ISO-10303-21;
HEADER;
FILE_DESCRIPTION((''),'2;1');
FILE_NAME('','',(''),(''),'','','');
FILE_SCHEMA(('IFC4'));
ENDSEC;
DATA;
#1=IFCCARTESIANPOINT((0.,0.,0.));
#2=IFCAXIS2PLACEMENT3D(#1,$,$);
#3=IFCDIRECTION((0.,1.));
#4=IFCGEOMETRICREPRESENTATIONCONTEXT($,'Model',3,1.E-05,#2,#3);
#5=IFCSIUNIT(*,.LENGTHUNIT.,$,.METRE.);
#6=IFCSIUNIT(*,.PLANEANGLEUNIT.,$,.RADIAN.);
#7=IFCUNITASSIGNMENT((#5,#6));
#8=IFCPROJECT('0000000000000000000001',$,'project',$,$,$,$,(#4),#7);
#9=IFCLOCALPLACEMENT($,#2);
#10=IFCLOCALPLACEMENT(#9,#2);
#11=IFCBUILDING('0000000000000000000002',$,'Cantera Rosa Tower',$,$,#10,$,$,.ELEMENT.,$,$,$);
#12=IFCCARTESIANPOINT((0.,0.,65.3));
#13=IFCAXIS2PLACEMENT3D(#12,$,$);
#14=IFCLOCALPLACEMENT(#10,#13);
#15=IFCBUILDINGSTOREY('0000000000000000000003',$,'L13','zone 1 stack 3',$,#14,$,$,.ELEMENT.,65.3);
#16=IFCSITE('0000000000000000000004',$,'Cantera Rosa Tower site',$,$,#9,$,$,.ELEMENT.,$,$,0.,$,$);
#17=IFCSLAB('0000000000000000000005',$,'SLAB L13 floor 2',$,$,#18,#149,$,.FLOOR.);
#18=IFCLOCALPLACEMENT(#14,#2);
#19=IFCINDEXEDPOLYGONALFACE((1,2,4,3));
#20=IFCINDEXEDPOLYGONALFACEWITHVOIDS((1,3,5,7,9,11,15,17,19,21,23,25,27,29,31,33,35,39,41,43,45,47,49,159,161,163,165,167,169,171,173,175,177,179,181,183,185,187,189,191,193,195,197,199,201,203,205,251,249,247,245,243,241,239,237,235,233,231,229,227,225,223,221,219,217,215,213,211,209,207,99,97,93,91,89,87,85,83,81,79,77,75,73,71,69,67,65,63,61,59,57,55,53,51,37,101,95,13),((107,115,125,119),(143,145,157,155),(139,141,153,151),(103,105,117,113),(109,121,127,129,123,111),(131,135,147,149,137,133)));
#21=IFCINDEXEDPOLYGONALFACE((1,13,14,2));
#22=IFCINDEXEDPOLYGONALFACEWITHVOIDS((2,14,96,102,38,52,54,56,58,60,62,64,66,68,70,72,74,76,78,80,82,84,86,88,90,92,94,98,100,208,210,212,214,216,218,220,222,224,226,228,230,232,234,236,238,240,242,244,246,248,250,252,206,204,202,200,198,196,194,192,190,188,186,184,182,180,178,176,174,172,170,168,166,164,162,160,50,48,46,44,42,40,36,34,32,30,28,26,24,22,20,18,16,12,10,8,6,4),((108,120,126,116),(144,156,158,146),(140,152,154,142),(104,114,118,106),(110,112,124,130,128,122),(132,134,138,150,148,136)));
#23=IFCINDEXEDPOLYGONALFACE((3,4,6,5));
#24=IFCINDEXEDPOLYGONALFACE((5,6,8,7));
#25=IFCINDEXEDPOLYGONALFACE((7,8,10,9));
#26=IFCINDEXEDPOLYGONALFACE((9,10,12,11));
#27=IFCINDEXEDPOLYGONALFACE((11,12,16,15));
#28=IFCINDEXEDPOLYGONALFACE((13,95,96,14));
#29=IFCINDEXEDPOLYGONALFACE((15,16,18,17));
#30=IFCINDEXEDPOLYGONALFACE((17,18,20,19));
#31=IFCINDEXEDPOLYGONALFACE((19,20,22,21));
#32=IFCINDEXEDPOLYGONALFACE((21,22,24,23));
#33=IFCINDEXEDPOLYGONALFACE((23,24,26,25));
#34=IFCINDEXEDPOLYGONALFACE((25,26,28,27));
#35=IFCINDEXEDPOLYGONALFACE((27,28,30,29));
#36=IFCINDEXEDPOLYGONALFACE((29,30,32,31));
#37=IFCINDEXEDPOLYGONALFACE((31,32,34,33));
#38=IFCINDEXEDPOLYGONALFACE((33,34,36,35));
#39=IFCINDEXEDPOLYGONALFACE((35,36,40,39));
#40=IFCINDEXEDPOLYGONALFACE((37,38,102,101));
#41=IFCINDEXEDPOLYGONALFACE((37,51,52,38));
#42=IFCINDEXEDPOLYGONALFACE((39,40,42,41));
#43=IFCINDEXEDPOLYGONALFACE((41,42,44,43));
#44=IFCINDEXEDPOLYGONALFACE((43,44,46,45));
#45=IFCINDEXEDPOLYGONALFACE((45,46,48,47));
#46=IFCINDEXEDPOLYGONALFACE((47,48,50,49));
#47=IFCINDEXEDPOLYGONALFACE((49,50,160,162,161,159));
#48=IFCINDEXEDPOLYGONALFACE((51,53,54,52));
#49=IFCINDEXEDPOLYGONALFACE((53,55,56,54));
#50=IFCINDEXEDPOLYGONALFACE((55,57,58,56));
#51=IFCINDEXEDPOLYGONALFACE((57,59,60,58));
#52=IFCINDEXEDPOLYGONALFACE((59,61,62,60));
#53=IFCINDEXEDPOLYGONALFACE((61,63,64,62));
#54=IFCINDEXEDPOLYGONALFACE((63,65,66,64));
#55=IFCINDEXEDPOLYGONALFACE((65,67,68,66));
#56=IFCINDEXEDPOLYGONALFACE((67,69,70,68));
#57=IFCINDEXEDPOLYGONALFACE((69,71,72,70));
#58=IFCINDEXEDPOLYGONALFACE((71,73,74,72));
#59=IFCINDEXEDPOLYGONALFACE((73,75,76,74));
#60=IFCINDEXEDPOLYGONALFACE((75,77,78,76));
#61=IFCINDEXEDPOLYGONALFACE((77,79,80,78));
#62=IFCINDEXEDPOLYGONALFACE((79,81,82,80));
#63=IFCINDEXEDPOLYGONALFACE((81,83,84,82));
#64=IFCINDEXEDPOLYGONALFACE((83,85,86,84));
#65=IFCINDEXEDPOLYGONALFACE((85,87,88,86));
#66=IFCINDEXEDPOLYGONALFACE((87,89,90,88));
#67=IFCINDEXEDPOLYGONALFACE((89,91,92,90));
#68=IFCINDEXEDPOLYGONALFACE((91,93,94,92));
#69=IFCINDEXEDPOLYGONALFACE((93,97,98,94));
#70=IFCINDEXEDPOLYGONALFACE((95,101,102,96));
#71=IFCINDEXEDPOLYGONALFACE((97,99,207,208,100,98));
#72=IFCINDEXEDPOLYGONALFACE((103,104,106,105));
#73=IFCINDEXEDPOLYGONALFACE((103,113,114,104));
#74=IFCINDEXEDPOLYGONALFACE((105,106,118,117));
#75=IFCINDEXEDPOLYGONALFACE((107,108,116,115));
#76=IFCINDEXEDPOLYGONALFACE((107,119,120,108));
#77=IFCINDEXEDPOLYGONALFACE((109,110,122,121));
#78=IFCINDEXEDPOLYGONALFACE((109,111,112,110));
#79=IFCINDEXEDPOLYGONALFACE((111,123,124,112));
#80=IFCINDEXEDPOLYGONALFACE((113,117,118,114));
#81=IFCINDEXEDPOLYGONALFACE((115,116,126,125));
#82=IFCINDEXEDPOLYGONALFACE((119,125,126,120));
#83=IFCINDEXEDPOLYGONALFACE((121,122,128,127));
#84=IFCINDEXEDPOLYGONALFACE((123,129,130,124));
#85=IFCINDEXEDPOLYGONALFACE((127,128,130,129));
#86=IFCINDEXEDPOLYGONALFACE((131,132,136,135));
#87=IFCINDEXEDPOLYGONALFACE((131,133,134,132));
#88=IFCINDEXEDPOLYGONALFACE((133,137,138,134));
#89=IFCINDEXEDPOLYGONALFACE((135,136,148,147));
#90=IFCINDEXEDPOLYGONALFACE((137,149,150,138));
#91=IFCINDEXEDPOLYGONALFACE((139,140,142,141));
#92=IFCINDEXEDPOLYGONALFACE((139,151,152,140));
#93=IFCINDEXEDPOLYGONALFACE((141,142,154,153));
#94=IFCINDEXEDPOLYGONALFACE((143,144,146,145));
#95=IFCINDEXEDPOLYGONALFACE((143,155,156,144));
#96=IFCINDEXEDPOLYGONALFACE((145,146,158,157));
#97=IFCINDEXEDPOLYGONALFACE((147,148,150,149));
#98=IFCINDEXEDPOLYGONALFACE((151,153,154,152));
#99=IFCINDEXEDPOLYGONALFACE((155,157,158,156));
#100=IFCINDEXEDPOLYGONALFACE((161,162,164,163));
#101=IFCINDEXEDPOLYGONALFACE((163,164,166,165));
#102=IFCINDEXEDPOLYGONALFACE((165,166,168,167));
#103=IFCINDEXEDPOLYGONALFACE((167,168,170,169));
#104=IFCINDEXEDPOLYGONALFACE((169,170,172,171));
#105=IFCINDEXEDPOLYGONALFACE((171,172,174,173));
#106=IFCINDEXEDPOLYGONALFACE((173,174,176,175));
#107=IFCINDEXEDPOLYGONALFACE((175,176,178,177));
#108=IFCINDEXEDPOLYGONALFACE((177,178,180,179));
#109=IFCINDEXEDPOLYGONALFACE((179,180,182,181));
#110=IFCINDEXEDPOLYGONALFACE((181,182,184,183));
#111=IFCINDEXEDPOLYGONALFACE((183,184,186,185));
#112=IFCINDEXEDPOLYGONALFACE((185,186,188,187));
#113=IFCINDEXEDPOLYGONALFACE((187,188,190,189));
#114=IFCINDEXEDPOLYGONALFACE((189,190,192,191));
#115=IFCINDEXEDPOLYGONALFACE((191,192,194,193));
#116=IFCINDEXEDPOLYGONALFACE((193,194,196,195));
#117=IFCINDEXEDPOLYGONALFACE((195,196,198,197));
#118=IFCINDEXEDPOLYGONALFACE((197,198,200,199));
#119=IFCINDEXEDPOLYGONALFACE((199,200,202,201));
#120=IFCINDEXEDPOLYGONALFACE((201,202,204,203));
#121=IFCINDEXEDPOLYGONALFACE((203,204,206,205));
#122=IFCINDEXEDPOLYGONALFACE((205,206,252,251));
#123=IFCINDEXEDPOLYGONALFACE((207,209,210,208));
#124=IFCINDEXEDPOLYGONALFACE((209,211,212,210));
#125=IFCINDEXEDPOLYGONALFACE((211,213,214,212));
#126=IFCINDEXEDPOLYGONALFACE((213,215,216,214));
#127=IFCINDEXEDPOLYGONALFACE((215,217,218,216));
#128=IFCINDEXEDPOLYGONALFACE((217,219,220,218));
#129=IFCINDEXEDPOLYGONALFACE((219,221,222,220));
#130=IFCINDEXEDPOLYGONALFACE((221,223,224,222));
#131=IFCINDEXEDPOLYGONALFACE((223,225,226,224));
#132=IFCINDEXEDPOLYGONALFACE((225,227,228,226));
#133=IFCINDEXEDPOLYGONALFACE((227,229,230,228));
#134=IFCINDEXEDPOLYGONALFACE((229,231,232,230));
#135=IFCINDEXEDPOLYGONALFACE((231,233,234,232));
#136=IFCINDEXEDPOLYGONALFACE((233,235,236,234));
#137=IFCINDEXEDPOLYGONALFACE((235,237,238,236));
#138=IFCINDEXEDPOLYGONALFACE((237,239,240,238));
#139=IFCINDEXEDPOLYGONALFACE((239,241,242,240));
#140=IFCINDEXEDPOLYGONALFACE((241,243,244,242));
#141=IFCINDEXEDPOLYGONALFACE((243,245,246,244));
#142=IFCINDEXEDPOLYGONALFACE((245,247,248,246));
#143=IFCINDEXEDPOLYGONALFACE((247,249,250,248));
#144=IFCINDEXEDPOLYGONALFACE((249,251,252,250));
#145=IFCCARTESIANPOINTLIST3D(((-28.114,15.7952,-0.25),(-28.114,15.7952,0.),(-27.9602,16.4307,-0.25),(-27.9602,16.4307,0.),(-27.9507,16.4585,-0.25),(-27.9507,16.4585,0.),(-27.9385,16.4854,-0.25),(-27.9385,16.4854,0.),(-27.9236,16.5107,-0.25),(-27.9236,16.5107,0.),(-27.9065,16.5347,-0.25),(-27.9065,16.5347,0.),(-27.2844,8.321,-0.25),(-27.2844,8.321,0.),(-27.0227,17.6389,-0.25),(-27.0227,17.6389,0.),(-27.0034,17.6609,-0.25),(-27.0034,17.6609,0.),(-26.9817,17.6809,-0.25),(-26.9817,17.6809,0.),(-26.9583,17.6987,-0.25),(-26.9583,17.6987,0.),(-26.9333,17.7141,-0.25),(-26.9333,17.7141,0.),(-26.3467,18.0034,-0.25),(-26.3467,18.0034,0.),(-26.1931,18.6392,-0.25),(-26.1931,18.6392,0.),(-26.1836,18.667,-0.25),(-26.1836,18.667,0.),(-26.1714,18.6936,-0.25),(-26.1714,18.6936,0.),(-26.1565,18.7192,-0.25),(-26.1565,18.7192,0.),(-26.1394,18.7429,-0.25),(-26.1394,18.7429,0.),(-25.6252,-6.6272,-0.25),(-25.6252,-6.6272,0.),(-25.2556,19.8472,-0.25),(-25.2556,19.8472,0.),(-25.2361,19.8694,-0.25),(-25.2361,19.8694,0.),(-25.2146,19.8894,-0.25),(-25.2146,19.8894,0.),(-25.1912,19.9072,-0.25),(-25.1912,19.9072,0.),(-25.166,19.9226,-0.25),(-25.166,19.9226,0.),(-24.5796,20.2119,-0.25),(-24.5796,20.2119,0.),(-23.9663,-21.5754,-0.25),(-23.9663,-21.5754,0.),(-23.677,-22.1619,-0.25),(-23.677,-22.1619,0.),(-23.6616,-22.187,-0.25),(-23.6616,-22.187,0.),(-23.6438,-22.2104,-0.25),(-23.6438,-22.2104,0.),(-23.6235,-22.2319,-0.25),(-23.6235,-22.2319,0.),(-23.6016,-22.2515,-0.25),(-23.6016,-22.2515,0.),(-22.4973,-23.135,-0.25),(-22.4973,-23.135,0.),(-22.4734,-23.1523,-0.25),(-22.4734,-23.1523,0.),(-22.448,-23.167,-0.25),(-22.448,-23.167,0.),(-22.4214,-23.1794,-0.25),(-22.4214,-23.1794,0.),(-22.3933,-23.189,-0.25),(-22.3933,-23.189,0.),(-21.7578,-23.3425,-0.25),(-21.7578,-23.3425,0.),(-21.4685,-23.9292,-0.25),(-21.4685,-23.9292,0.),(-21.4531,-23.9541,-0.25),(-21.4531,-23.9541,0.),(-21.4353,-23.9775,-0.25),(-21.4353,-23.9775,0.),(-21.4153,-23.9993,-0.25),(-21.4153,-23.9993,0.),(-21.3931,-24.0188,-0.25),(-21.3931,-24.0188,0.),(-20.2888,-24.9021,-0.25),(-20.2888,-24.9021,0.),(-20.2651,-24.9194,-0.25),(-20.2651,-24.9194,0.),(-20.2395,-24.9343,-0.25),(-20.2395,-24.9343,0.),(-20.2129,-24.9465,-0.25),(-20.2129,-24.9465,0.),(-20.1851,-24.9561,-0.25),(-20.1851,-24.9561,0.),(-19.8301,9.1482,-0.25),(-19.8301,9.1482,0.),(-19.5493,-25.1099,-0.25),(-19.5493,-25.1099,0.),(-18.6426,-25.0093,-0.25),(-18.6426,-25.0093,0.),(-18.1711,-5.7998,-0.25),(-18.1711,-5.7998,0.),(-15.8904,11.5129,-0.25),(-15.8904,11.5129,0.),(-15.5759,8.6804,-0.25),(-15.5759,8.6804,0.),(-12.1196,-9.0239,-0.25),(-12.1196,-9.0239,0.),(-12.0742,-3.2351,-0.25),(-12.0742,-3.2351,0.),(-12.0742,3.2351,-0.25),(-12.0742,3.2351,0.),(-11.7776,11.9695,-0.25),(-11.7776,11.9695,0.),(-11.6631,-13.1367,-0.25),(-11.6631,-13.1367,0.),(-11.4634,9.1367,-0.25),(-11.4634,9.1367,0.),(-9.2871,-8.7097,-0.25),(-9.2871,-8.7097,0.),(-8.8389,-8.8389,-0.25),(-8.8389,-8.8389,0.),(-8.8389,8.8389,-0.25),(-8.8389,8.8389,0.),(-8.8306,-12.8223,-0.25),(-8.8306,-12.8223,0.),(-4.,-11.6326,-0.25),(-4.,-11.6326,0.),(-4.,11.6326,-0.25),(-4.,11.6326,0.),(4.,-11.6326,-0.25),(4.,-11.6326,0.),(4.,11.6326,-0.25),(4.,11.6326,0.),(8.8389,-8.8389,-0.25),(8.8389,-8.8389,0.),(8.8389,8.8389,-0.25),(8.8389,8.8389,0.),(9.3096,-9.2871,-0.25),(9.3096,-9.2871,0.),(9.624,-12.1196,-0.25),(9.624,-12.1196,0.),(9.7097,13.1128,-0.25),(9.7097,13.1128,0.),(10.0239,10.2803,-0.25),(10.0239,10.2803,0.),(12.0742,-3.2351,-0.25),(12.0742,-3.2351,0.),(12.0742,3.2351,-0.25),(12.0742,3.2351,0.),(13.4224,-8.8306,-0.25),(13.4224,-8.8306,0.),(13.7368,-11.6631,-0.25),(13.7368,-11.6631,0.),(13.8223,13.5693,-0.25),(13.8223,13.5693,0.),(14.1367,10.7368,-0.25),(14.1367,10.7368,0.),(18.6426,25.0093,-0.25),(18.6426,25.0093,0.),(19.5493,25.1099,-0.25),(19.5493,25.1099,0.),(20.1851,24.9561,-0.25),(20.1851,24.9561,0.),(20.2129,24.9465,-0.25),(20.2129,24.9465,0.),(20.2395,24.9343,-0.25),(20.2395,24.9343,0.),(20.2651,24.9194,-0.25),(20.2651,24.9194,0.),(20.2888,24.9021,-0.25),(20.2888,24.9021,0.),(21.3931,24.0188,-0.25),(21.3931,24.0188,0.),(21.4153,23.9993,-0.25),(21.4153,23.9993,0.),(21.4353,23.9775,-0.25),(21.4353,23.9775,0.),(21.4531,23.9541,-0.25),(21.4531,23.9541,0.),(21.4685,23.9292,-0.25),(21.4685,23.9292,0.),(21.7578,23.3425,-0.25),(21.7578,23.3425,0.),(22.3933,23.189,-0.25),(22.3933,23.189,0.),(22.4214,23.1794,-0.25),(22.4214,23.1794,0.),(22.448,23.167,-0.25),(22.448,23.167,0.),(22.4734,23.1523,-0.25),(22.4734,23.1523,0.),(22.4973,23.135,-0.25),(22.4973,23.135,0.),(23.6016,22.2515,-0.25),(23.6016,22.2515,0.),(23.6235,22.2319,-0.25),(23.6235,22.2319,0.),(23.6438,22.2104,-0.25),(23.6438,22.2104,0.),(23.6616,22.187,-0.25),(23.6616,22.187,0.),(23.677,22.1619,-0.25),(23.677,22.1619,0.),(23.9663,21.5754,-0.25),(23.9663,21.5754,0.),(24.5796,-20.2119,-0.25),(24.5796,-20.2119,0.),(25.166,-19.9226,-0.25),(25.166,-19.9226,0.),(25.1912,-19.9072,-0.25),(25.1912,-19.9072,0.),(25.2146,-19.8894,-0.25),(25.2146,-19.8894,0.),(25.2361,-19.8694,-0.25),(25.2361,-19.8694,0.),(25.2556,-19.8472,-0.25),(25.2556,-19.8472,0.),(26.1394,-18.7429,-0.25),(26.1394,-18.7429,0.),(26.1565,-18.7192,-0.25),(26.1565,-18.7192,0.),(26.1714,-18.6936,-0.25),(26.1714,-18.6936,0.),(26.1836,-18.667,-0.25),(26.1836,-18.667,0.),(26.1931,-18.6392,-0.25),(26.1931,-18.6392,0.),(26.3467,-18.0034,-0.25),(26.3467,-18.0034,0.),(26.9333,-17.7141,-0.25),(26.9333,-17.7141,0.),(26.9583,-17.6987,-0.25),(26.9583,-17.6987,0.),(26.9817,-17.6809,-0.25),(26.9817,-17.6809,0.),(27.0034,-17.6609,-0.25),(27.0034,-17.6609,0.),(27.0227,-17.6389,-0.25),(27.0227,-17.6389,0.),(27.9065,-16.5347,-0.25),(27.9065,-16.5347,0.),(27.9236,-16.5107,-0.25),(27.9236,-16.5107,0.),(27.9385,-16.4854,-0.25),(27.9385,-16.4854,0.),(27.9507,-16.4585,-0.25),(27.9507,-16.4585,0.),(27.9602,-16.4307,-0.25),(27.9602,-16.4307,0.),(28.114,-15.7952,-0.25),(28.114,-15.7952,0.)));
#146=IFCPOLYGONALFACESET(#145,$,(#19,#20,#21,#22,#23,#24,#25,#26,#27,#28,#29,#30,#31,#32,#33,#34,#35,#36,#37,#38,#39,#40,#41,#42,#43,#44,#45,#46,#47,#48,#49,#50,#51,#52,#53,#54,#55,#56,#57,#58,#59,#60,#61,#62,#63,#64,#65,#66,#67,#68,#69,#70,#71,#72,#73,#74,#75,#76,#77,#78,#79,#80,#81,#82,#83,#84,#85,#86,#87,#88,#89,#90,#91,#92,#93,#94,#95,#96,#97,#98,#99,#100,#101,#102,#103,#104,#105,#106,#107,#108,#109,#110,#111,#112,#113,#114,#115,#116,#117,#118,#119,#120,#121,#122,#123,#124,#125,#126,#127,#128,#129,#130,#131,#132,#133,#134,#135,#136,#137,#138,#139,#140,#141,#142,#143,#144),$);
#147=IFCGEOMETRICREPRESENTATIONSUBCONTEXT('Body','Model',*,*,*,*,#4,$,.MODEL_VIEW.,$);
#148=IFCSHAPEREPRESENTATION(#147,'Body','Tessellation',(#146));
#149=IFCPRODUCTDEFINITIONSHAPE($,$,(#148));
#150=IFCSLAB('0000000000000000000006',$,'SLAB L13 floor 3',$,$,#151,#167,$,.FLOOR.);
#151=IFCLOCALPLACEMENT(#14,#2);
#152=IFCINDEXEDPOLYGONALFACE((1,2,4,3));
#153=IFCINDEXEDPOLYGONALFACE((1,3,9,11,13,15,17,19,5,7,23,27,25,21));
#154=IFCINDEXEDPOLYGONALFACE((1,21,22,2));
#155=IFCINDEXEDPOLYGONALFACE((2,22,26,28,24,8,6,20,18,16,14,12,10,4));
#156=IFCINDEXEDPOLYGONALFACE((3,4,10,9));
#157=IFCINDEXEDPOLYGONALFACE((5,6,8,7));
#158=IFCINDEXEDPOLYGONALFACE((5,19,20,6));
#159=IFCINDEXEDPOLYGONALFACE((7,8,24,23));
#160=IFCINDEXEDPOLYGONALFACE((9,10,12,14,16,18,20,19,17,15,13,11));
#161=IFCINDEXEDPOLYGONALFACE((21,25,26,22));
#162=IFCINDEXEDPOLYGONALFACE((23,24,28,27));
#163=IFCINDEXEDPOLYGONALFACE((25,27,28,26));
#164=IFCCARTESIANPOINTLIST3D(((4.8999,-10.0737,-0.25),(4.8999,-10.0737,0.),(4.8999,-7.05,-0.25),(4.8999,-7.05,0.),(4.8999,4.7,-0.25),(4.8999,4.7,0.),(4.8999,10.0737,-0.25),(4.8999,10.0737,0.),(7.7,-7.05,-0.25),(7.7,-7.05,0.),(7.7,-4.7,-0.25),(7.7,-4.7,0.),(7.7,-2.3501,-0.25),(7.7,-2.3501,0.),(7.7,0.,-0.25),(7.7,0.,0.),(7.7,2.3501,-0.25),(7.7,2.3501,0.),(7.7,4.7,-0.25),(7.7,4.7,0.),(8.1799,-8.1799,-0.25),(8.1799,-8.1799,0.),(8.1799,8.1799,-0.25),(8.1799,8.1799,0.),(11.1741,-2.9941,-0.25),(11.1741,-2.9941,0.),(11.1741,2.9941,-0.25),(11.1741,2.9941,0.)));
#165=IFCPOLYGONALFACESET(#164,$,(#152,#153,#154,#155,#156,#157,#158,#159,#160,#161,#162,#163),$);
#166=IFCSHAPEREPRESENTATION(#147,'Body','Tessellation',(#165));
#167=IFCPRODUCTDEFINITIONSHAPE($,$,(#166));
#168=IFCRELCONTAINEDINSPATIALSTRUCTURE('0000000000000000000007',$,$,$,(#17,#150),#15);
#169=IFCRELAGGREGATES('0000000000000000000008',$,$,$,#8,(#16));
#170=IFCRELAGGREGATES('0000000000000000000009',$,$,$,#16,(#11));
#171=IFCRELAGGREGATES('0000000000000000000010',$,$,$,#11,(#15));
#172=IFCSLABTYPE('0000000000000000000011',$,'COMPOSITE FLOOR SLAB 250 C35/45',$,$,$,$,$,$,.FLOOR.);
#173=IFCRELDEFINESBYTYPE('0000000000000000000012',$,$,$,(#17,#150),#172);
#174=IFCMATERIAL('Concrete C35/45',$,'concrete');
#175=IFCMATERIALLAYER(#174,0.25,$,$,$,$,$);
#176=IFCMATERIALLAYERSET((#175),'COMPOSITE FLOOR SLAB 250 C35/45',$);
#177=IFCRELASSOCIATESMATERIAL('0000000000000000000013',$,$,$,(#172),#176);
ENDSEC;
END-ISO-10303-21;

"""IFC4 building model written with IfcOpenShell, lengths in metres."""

from ifc_helpers import new_model, si_unit, direction, frame, origin, place, context, subcontext, project, spatial, polyline, outline, extrude, material, layer, layer_set, type_object, element, save


model = new_model("IFC4")

# Units and contexts
model_context = context("Model", 3, precision=1e-05, world=origin(), true_north=direction((0.0, 1.0)))
body_context = subcontext(model_context, "Body", "Model", "MODEL_VIEW")
ifc_project = project(units=[si_unit("LENGTHUNIT", "METRE"), si_unit("PLANEANGLEUNIT", "RADIAN")], contexts=[model_context])

# Site, building, storey
site_placement = place(None, origin())
site = spatial("IfcSite", under=ifc_project, at=site_placement, Name="Cantera Rosa Tower site", CompositionType="ELEMENT", RefElevation=0.0)
building_placement = place(site_placement, origin())
building = spatial("IfcBuilding", under=site, at=building_placement, Name="Cantera Rosa Tower", CompositionType="ELEMENT")
storey_placement = place(building_placement, frame((0.0, 0.0, 65.3)))
storey = spatial("IfcBuildingStorey", under=building, at=storey_placement, Name="L13", Description="zone 1 stack 3", CompositionType="ELEMENT", Elevation=65.3)

# Slabs
ifc_material_1 = material(Name="Concrete C35/45", Category="concrete")
ifc_layer_1 = layer(ifc_material_1, 0.25)
ifc_layer_set_1 = layer_set([ifc_layer_1], Name="COMPOSITE FLOOR SLAB 250 C35/45")
slab_type_1 = type_object("IfcSlabType", Name="COMPOSITE FLOOR SLAB 250 C35/45", PredefinedType="FLOOR", material=ifc_layer_set_1)
slab_1_placement = place(storey_placement, frame((0.0, 0.0, -0.25)))
element("IfcSlab", 1, at=slab_1_placement, inside=storey, type_object=slab_type_1, Name="SLAB L13 floor 2", PredefinedType="FLOOR", context=body_context, shape_type="SweptSolid", body=[
    extrude(outline(polyline([(-21.4153, -23.9993), (-21.4353, -23.9775), (-21.4531, -23.9541), (-21.4685, -23.9292), (-21.7578, -23.3425), (-22.3933, -23.189), (-22.4214, -23.1794), (-22.448, -23.167), (-22.4734, -23.1523), (-22.4973, -23.135), (-23.6016, -22.2515), (-23.6235, -22.2319), (-23.6438, -22.2104), (-23.6616, -22.187), (-23.677, -22.1619), (-23.9663, -21.5754), (-25.6252, -6.6272), (-18.1711, -5.7998), (-19.8301, 9.1482), (-27.2844, 8.321), (-28.114, 15.7952), (-27.9602, 16.4307), (-27.9507, 16.4585), (-27.9385, 16.4854), (-27.9236, 16.5107), (-27.9065, 16.5347), (-27.0227, 17.6389), (-27.0034, 17.6609), (-26.9817, 17.6809), (-26.9583, 17.6987), (-26.9333, 17.7141), (-26.3467, 18.0034), (-26.1931, 18.6392), (-26.1836, 18.667), (-26.1714, 18.6936), (-26.1565, 18.7192), (-26.1394, 18.7429), (-25.2556, 19.8472), (-25.2361, 19.8694), (-25.2146, 19.8894), (-25.1912, 19.9072), (-25.166, 19.9226), (-24.5796, 20.2119), (18.6426, 25.0093), (19.5493, 25.1099), (20.1851, 24.9561), (20.2129, 24.9465), (20.2395, 24.9343), (20.2651, 24.9194), (20.2888, 24.9021), (21.3931, 24.0188), (21.4153, 23.9993), (21.4353, 23.9775), (21.4531, 23.9541), (21.4685, 23.9292), (21.7578, 23.3425), (22.3933, 23.189), (22.4214, 23.1794), (22.448, 23.167), (22.4734, 23.1523), (22.4973, 23.135), (23.6016, 22.2515), (23.6235, 22.2319), (23.6438, 22.2104), (23.6616, 22.187), (23.677, 22.1619), (23.9663, 21.5754), (28.114, -15.7952), (27.9602, -16.4307), (27.9507, -16.4585), (27.9385, -16.4854), (27.9236, -16.5107), (27.9065, -16.5347), (27.0227, -17.6389), (27.0034, -17.6609), (26.9817, -17.6809), (26.9583, -17.6987), (26.9333, -17.7141), (26.3467, -18.0034), (26.1931, -18.6392), (26.1836, -18.667), (26.1714, -18.6936), (26.1565, -18.7192), (26.1394, -18.7429), (25.2556, -19.8472), (25.2361, -19.8694), (25.2146, -19.8894), (25.1912, -19.9072), (25.166, -19.9226), (24.5796, -20.2119), (-18.6426, -25.0093), (-19.5493, -25.1099), (-20.1851, -24.9561), (-20.2129, -24.9465), (-20.2395, -24.9343), (-20.2651, -24.9194), (-20.2888, -24.9021), (-21.3931, -24.0188), (-21.4153, -23.9993)]), holes=[polyline([(-12.1196, -9.0239), (-11.6631, -13.1367), (-8.8306, -12.8223), (-9.2871, -8.7097), (-12.1196, -9.0239)]), polyline([(-12.0742, -3.2351), (-8.8389, -8.8389), (-4.0, -11.6326), (-4.0, 11.6326), (-8.8389, 8.8389), (-12.0742, 3.2351), (-12.0742, -3.2351)]), polyline([(-15.5759, 8.6804), (-11.4634, 9.1367), (-11.7776, 11.9695), (-15.8904, 11.5129), (-15.5759, 8.6804)]), polyline([(9.624, -12.1196), (13.7368, -11.6631), (13.4224, -8.8306), (9.3096, -9.2871), (9.624, -12.1196)]), polyline([(12.0742, 3.2351), (8.8389, 8.8389), (4.0, 11.6326), (4.0, -11.6326), (8.8389, -8.8389), (12.0742, -3.2351), (12.0742, 3.2351)]), polyline([(9.7097, 13.1128), (10.0239, 10.2803), (14.1367, 10.7368), (13.8223, 13.5693), (9.7097, 13.1128)])]), origin(), (0.0, 0.0, 1.0), 0.25),
])
slab_2_placement = place(storey_placement, frame((0.0, 0.0, -0.25)))
element("IfcSlab", 2, at=slab_2_placement, inside=storey, type_object=slab_type_1, Name="SLAB L13 floor 3", PredefinedType="FLOOR", context=body_context, shape_type="SweptSolid", body=[
    extrude(outline(polyline([(7.7, 4.7), (4.8999, 4.7), (4.8999, 10.0737), (8.1799, 8.1799), (11.1741, 2.9941), (11.1741, -2.9941), (8.1799, -8.1799), (4.8999, -10.0737), (4.8999, -7.05), (7.7, -7.05), (7.7, -4.7), (7.7, -2.3501), (7.7, 0.0), (7.7, 2.3501), (7.7, 4.7)])), origin(), (0.0, 0.0, 1.0), 0.25),
])

save(model, "model.ifc")
